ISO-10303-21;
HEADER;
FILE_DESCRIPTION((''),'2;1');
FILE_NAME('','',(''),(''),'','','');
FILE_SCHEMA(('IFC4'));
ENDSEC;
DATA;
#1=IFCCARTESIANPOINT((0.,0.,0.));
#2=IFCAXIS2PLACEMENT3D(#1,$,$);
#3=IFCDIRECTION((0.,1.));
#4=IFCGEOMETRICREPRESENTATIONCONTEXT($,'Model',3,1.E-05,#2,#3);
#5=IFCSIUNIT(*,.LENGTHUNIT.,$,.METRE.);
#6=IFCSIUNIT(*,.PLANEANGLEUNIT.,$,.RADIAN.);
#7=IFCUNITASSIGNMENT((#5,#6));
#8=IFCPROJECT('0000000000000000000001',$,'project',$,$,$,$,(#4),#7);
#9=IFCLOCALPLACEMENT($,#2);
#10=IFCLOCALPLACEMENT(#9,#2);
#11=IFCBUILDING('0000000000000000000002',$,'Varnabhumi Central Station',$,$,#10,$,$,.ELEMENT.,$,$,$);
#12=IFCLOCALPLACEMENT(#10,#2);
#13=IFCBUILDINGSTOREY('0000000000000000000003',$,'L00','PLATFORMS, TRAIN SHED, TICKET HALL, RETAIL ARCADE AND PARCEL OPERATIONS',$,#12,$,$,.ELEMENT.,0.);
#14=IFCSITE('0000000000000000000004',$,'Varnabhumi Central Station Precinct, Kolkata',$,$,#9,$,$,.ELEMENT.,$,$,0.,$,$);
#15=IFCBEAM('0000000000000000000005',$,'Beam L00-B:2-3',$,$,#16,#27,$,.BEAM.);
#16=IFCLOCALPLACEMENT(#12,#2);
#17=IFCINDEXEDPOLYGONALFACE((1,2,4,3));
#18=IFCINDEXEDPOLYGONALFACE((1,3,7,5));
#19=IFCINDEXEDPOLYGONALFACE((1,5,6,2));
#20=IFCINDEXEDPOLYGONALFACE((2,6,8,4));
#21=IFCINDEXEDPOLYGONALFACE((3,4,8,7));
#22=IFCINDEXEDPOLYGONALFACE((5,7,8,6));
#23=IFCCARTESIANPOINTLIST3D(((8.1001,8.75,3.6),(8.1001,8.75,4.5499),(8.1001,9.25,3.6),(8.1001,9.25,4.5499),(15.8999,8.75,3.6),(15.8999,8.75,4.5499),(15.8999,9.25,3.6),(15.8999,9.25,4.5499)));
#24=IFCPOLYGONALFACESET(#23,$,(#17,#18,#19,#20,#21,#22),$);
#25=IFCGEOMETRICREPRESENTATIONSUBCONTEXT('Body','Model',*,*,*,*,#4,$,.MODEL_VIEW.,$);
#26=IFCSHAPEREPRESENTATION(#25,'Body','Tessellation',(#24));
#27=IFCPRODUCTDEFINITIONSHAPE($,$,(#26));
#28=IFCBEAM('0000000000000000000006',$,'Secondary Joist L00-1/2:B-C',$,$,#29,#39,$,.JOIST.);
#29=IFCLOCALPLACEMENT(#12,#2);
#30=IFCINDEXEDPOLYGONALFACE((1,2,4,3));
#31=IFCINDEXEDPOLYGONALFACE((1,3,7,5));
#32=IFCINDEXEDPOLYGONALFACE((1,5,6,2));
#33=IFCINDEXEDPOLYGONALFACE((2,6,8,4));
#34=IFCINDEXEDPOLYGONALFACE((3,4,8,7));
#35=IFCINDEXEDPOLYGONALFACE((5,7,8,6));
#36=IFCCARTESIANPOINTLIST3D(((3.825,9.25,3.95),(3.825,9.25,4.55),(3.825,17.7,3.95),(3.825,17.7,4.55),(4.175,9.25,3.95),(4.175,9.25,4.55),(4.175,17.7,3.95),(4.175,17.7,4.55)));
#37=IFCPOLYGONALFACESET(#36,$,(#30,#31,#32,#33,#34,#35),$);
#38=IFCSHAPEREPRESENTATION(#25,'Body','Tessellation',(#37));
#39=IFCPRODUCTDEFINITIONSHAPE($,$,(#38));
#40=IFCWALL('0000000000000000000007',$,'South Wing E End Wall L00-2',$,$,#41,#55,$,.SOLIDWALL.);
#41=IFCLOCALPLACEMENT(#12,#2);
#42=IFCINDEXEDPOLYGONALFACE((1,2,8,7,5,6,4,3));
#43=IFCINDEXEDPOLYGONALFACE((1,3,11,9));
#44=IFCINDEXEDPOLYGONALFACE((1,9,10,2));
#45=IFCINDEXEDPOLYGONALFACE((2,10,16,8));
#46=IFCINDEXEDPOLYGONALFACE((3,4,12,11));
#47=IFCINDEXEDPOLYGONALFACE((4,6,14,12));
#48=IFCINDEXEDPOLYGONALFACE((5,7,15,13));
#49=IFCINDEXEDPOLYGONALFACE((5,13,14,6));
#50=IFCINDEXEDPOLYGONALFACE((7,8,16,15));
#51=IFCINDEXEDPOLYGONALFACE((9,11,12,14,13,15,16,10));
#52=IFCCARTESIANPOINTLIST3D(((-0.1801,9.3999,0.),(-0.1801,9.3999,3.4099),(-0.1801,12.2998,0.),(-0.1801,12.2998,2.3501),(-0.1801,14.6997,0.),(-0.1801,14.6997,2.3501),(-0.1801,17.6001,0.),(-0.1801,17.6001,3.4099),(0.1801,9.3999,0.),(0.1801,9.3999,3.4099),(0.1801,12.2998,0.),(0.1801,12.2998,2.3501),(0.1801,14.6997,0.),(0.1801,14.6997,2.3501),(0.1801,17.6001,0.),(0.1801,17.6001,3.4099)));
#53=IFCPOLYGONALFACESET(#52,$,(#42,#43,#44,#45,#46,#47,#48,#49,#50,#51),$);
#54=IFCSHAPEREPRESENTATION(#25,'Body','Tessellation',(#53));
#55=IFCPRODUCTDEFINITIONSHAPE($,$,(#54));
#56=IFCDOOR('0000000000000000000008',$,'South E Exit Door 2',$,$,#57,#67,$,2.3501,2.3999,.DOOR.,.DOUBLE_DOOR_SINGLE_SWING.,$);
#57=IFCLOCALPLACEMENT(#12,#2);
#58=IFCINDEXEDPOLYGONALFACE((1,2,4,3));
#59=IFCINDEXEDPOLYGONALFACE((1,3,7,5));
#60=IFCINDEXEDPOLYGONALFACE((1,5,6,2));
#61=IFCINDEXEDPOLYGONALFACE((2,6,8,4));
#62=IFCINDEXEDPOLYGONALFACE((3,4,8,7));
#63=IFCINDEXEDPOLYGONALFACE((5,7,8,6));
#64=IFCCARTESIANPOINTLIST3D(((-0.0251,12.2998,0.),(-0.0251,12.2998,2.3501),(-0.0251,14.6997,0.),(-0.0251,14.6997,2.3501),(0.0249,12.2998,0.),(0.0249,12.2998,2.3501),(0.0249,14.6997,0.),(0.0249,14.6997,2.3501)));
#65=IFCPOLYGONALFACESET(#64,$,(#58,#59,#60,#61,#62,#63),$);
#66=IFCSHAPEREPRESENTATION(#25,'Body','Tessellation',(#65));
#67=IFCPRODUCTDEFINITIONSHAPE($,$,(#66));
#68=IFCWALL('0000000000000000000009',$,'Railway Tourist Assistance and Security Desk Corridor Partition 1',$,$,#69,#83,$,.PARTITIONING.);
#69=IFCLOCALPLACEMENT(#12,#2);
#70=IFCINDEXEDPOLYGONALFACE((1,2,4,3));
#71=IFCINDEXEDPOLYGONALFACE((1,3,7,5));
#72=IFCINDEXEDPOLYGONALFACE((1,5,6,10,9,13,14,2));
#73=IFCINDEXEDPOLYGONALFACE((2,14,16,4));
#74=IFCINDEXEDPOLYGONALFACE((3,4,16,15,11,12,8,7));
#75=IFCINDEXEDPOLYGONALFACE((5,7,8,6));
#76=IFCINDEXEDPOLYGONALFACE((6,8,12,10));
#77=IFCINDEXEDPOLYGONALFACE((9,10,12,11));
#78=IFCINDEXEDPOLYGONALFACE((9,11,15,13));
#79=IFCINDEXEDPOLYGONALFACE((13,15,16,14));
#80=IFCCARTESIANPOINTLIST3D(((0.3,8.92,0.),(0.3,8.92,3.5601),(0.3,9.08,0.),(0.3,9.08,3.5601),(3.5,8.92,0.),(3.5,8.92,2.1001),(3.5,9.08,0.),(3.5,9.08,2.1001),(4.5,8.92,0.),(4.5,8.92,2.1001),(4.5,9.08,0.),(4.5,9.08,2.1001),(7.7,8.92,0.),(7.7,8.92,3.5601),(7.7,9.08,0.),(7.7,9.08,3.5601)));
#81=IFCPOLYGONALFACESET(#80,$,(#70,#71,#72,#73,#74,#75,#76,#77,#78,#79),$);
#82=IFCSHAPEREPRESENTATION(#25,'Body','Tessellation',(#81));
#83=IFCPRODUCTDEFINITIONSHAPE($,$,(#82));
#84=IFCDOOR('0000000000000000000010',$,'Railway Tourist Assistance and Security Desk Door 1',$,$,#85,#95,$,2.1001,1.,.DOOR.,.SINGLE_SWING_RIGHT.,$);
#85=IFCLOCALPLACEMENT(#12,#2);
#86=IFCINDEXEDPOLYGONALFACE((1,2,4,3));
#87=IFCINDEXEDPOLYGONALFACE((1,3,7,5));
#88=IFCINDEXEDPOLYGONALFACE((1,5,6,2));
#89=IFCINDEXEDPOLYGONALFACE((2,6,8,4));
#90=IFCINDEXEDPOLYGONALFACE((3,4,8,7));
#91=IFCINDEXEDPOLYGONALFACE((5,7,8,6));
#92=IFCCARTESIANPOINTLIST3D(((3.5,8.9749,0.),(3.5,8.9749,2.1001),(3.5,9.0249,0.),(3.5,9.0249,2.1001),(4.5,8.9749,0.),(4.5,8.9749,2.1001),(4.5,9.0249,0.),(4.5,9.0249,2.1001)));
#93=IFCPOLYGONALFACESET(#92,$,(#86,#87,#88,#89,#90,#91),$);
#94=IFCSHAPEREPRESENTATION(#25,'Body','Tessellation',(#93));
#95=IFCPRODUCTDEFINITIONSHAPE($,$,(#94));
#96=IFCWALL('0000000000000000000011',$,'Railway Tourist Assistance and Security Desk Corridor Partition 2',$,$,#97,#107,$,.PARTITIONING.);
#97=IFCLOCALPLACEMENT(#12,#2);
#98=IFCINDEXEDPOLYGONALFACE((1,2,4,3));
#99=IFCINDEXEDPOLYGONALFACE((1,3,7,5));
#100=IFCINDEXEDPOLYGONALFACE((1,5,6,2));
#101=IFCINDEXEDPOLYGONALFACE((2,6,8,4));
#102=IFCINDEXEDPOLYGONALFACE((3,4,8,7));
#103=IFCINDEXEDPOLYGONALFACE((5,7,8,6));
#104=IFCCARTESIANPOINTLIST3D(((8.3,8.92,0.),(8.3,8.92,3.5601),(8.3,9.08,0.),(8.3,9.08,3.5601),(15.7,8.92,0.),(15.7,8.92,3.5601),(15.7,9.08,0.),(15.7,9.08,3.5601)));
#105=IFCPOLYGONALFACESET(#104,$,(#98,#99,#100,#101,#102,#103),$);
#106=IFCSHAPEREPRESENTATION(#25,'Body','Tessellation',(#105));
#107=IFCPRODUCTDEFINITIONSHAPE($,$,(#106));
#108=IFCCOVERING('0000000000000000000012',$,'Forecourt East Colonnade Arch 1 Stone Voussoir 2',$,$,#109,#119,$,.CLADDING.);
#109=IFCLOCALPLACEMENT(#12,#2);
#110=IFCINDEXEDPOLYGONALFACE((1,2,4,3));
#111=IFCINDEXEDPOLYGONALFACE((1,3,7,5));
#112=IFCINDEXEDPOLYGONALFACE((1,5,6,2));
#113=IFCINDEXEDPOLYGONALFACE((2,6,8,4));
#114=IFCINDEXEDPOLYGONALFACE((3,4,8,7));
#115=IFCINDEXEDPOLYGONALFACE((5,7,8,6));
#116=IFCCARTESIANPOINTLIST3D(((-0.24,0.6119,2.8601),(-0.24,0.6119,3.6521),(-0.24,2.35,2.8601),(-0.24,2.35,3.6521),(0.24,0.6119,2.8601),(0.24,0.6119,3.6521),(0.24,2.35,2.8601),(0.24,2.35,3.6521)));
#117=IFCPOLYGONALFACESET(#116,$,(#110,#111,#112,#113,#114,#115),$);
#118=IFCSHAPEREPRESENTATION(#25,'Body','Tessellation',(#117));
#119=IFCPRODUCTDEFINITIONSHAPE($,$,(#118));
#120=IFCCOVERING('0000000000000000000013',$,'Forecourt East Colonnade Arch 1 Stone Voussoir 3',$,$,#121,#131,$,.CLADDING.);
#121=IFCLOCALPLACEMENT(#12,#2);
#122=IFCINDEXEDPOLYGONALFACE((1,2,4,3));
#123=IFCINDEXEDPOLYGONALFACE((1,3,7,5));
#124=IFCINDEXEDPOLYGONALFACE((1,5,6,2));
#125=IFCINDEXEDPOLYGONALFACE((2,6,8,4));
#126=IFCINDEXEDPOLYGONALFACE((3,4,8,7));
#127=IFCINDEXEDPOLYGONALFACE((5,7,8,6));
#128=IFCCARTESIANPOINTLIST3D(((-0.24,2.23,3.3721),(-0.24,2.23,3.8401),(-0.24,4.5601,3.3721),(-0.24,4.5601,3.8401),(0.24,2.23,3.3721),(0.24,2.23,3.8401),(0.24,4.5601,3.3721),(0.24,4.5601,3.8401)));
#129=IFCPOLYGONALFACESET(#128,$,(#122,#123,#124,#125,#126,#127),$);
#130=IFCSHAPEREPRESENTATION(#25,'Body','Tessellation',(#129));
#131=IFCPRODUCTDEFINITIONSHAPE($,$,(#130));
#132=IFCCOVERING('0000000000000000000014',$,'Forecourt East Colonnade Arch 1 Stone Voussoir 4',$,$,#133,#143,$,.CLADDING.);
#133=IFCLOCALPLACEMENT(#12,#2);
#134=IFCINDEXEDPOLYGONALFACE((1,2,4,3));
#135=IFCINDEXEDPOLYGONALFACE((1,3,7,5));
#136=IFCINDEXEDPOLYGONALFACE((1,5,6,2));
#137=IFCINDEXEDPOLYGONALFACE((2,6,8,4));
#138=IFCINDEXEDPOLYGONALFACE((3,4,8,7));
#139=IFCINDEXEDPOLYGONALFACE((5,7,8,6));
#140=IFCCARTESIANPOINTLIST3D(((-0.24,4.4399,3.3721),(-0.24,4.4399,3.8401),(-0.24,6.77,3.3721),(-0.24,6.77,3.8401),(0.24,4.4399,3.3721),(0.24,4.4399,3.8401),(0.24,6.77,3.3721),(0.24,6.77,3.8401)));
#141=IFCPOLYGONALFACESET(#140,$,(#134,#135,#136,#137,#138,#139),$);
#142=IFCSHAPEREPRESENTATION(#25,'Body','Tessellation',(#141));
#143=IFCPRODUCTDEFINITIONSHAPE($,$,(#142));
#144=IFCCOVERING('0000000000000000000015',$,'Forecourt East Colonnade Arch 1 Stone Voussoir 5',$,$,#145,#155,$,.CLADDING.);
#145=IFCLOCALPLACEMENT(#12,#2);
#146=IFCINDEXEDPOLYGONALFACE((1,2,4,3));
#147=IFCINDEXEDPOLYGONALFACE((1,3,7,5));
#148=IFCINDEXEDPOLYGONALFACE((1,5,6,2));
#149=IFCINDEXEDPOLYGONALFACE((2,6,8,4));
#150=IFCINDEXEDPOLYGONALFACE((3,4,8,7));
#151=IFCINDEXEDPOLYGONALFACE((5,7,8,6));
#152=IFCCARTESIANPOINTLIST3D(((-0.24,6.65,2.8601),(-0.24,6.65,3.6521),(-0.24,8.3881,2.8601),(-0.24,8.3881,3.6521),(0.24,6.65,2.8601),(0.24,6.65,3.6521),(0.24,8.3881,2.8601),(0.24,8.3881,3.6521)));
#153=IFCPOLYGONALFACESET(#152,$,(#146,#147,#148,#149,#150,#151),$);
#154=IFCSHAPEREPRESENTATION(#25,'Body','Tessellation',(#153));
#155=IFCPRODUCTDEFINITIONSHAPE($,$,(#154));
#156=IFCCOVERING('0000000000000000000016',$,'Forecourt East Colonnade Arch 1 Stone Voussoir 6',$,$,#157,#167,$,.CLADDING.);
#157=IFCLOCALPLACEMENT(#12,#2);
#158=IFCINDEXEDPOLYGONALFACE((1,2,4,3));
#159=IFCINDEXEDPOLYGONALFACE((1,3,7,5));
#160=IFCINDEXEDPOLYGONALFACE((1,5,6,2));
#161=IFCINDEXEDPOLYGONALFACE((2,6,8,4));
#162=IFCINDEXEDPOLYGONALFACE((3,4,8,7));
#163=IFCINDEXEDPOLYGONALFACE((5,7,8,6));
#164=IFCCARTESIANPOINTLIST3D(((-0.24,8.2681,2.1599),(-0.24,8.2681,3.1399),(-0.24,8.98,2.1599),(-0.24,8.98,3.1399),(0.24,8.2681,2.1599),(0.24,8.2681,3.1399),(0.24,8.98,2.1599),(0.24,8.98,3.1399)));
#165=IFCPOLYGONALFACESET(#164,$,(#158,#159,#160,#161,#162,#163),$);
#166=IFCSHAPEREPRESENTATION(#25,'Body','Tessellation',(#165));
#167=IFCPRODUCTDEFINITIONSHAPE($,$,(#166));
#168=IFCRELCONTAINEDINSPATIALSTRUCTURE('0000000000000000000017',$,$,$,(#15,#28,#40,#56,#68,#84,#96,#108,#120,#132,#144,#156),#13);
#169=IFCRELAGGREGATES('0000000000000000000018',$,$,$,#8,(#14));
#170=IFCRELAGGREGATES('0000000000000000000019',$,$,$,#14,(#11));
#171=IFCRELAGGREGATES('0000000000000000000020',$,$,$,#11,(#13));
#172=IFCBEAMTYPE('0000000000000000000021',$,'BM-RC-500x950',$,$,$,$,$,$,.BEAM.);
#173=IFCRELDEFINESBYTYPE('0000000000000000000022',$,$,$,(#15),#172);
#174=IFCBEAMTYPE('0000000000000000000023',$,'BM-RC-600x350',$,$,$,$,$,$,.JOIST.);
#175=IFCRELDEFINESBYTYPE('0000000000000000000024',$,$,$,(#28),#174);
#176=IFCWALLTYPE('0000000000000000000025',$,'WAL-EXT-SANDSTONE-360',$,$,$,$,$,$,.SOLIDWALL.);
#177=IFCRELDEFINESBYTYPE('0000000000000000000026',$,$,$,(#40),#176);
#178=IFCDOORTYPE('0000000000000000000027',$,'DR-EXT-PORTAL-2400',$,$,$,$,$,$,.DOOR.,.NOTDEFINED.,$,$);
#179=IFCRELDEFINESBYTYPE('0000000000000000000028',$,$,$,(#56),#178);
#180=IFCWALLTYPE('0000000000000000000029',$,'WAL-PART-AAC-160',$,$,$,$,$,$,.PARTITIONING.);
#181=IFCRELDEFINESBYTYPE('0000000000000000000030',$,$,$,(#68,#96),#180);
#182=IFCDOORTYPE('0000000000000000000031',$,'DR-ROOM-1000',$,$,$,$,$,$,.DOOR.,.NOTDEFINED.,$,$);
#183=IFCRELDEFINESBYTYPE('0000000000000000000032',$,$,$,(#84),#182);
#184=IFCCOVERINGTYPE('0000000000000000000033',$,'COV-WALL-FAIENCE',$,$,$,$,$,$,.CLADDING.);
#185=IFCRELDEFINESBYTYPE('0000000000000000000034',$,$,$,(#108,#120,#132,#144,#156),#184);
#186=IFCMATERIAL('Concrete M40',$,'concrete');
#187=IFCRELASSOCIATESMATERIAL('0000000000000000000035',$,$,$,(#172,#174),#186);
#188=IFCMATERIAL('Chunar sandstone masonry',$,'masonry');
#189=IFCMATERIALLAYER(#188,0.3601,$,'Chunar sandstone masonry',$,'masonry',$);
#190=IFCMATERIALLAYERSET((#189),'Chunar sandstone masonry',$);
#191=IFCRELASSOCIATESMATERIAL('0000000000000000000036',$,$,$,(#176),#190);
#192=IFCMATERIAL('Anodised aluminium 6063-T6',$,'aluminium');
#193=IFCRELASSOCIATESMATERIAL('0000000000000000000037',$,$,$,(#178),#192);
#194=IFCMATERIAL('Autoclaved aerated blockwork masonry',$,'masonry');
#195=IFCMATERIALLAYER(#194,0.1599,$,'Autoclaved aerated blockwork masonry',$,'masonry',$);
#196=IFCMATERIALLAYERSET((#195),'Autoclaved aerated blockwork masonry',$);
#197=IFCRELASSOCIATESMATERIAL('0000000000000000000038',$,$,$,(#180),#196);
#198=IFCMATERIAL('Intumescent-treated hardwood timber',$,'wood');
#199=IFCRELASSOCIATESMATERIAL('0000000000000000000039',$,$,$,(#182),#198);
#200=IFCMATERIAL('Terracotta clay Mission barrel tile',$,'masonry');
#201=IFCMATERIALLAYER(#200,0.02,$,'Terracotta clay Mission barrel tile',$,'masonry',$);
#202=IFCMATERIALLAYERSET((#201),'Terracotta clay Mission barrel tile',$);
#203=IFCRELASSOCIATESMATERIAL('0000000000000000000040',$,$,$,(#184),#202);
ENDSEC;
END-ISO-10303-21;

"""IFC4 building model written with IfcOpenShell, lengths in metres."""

from ifc_helpers import new_model, si_unit, direction, frame, frame_2d, origin, origin_2d, place, context, subcontext, project, spatial, rectangle, extrude, material, layer, layer_set, material_profile, profile_set, type_object, element, fill, save


model = new_model("IFC4")

# Units and contexts
model_context = context("Model", 3, precision=1e-05, world=origin(), true_north=direction((0.0, 1.0)))
body_context = subcontext(model_context, "Body", "Model", "MODEL_VIEW")
ifc_project = project(units=[si_unit("LENGTHUNIT", "METRE"), si_unit("PLANEANGLEUNIT", "RADIAN")], contexts=[model_context])

# Site, building, storey
site_placement = place(None, origin())
site = spatial("IfcSite", under=ifc_project, at=site_placement, Name="Varnabhumi Central Station Precinct, Kolkata", CompositionType="ELEMENT", RefElevation=0.0)
building_placement = place(site_placement, origin())
building = spatial("IfcBuilding", under=site, at=building_placement, Name="Varnabhumi Central Station", CompositionType="ELEMENT")
storey_placement = place(building_placement, origin())
storey = spatial("IfcBuildingStorey", under=building, at=storey_placement, Name="L00", Description="PLATFORMS, TRAIN SHED, TICKET HALL, RETAIL ARCADE AND PARCEL OPERATIONS", CompositionType="ELEMENT", Elevation=0.0)

# Shared definitions
ifc_material_1 = material(Name="Concrete M40", Category="concrete")

# Beams
ifc_material_profile_1 = material_profile(ifc_material_1, rectangle(XDim=0.5, YDim=0.95, at=origin_2d()), Name="Concrete M40", Category="concrete")
ifc_profile_set_1 = profile_set([ifc_material_profile_1], Name="Concrete M40")
beam_type_1 = type_object("IfcBeamType", Name="BM-RC-500x950", PredefinedType="BEAM", material=ifc_profile_set_1)
for number, where, z_axis, x_axis, name in (
    (1, (8.1001, 9.0, 4.075), (1.0, 0.0, 0.0), (0.0, 1.0, 0.0), "Beam L00-B:2-3"),
):
    element("IfcBeam", number, at=place(storey_placement, frame(where, z_axis=z_axis, x_axis=x_axis)), inside=storey, type_object=beam_type_1, Name=name, PredefinedType="BEAM", context=body_context, shape_type="SweptSolid", body=[
        extrude(rectangle(XDim=0.5, YDim=0.95, at=origin_2d()), origin(), (0.0, 0.0, 1.0), 7.7998),
    ])
ifc_material_profile_2 = material_profile(ifc_material_1, rectangle(XDim=0.3501, YDim=0.6001, at=origin_2d()), Name="Concrete M40", Category="concrete")
ifc_profile_set_2 = profile_set([ifc_material_profile_2], Name="Concrete M40")
beam_type_2 = type_object("IfcBeamType", Name="BM-RC-600x350", PredefinedType="JOIST", material=ifc_profile_set_2)
beam_1_placement = place(storey_placement, frame((4.0, 9.25, 4.25), z_axis=(0.0, 1.0, 0.0), x_axis=(-1.0, 0.0, 0.0)))
element("IfcBeam", 2, at=beam_1_placement, inside=storey, type_object=beam_type_2, Name="Secondary Joist L00-1/2:B-C", PredefinedType="JOIST", context=body_context, shape_type="SweptSolid", body=[
    extrude(rectangle(XDim=0.3501, YDim=0.6001, at=origin_2d()), origin(), (0.0, 0.0, 1.0), 8.45),
])

# Walls, openings, doors
ifc_material_2 = material(Name="Chunar sandstone masonry", Category="masonry")
ifc_layer_1 = layer(ifc_material_2, 0.3601, Name="Chunar sandstone masonry", Category="masonry")
ifc_layer_set_1 = layer_set([ifc_layer_1], Name="Chunar sandstone masonry")
wall_type_1 = type_object("IfcWallType", Name="WAL-EXT-SANDSTONE-360", PredefinedType="SOLIDWALL", material=ifc_layer_set_1)
wall_1_placement = place(storey_placement, frame((0.0, 9.3999, 0.0), z_axis=(0.0, 0.0, 1.0), x_axis=(0.0, 1.0, 0.0)))
wall_1 = element("IfcWall", 3, at=wall_1_placement, inside=storey, type_object=wall_type_1, Name="South Wing E End Wall L00-2", PredefinedType="SOLIDWALL", context=body_context, shape_type="SweptSolid", body=[
    extrude(rectangle(XDim=8.2002, YDim=0.3601, at=frame_2d((4.1001, 0.0))), origin(), (0.0, 0.0, 1.0), 3.4099),
])
opening_1_placement = place(wall_1_placement, frame((2.8999, 0.0, 0.0)))
opening_1 = element("IfcOpeningElement", 4, at=opening_1_placement, cuts=wall_1, PredefinedType="OPENING", context=body_context, shape_type="SweptSolid", body=[
    extrude(rectangle(XDim=2.3999, YDim=2.3501, at=frame_2d((1.2, 1.175))), frame((0.0, 0.1899, 0.0), z_axis=(0.0, -1.0, 0.0), x_axis=(1.0, 0.0, 0.0)), (0.0, 0.0, 1.0), 0.3801),
])
ifc_material_3 = material(Name="Anodised aluminium 6063-T6", Category="aluminium")
door_type_1 = type_object("IfcDoorType", Name="DR-EXT-PORTAL-2400", OperationType="NOTDEFINED", PredefinedType="DOOR", material=ifc_material_3)
door_1_placement = place(opening_1_placement, frame((2.3999, 0.0, 0.0), z_axis=(0.0, 0.0, 1.0), x_axis=(-1.0, 0.0, 0.0)))
door_1 = element("IfcDoor", 5, at=door_1_placement, inside=storey, type_object=door_type_1, Name="South E Exit Door 2", OperationType="DOUBLE_DOOR_SINGLE_SWING", OverallHeight=2.3501, OverallWidth=2.3999, PredefinedType="DOOR", context=body_context, shape_type="SweptSolid", body=[
    extrude(rectangle(XDim=2.3999, YDim=2.3501, at=frame_2d((1.2, 1.175))), frame((0.0, 0.0249, 0.0), z_axis=(0.0, -1.0, 0.0), x_axis=(1.0, 0.0, 0.0)), (0.0, 0.0, 1.0), 0.05),
])
fill(opening_1, door_1)
ifc_material_4 = material(Name="Autoclaved aerated blockwork masonry", Category="masonry")
ifc_layer_2 = layer(ifc_material_4, 0.1599, Name="Autoclaved aerated blockwork masonry", Category="masonry")
ifc_layer_set_2 = layer_set([ifc_layer_2], Name="Autoclaved aerated blockwork masonry")
wall_type_2 = type_object("IfcWallType", Name="WAL-PART-AAC-160", PredefinedType="PARTITIONING", material=ifc_layer_set_2)
wall_2_placement = place(storey_placement, frame((0.3, 9.0, 0.0), z_axis=(0.0, 0.0, 1.0), x_axis=(1.0, 0.0, 0.0)))
wall_2 = element("IfcWall", 6, at=wall_2_placement, inside=storey, type_object=wall_type_2, Name="Railway Tourist Assistance and Security Desk Corridor Partition 1", PredefinedType="PARTITIONING", context=body_context, shape_type="SweptSolid", body=[
    extrude(rectangle(XDim=7.3999, YDim=0.1599, at=frame_2d((3.7, 0.0))), origin(), (0.0, 0.0, 1.0), 3.5601),
])
opening_2_placement = place(wall_2_placement, frame((3.2, 0.0, 0.0)))
opening_2 = element("IfcOpeningElement", 7, at=opening_2_placement, cuts=wall_2, PredefinedType="OPENING", context=body_context, shape_type="SweptSolid", body=[
    extrude(rectangle(XDim=1.0, YDim=2.1001, at=frame_2d((0.5, 1.05))), frame((0.0, 0.0898, 0.0), z_axis=(0.0, -1.0, 0.0), x_axis=(1.0, 0.0, 0.0)), (0.0, 0.0, 1.0), 0.1799),
])
ifc_material_5 = material(Name="Intumescent-treated hardwood timber", Category="wood")
door_type_2 = type_object("IfcDoorType", Name="DR-ROOM-1000", OperationType="NOTDEFINED", PredefinedType="DOOR", material=ifc_material_5)
door_2_placement = place(opening_2_placement, origin())
door_2 = element("IfcDoor", 8, at=door_2_placement, inside=storey, type_object=door_type_2, Name="Railway Tourist Assistance and Security Desk Door 1", OperationType="SINGLE_SWING_RIGHT", OverallHeight=2.1001, OverallWidth=1.0, PredefinedType="DOOR", context=body_context, shape_type="SweptSolid", body=[
    extrude(rectangle(XDim=1.0, YDim=2.1001, at=frame_2d((0.5, 1.05))), frame((0.0, 0.0249, 0.0), z_axis=(0.0, -1.0, 0.0), x_axis=(1.0, 0.0, 0.0)), (0.0, 0.0, 1.0), 0.05),
])
fill(opening_2, door_2)

# Wall
wall_3_placement = place(storey_placement, frame((8.3, 9.0, 0.0), z_axis=(0.0, 0.0, 1.0), x_axis=(1.0, 0.0, 0.0)))
element("IfcWall", 9, at=wall_3_placement, inside=storey, type_object=wall_type_2, Name="Railway Tourist Assistance and Security Desk Corridor Partition 2", PredefinedType="PARTITIONING", context=body_context, shape_type="SweptSolid", body=[
    extrude(rectangle(XDim=7.3999, YDim=0.1599, at=frame_2d((3.7, 0.0))), origin(), (0.0, 0.0, 1.0), 3.5601),
])

# Coverings
ifc_material_6 = material(Name="Terracotta clay Mission barrel tile", Category="masonry")
ifc_layer_3 = layer(ifc_material_6, 0.02, Name="Terracotta clay Mission barrel tile", Category="masonry")
ifc_layer_set_3 = layer_set([ifc_layer_3], Name="Terracotta clay Mission barrel tile")
covering_type = type_object("IfcCoveringType", Name="COV-WALL-FAIENCE", PredefinedType="CLADDING", material=ifc_layer_set_3)
covering_1_placement = place(storey_placement, frame((0.0, 1.481, 2.8601), z_axis=(0.0, 0.0, 1.0), x_axis=(0.0, 1.0, 0.0)))
element("IfcCovering", 10, at=covering_1_placement, inside=storey, type_object=covering_type, Name="Forecourt East Colonnade Arch 1 Stone Voussoir 2", PredefinedType="CLADDING", context=body_context, shape_type="SweptSolid", body=[
    extrude(rectangle(XDim=1.738, YDim=0.48, at=origin_2d()), origin(), (0.0, 0.0, 1.0), 0.792),
])
for number, where, z_axis, x_axis, name in (
    (11, (0.0, 3.395, 3.3721), (0.0, 0.0, 1.0), (0.0, 1.0, 0.0), "Forecourt East Colonnade Arch 1 Stone Voussoir 3"),
    (12, (0.0, 5.605, 3.3721), (0.0, 0.0, 1.0), (0.0, 1.0, 0.0), "Forecourt East Colonnade Arch 1 Stone Voussoir 4"),
):
    element("IfcCovering", number, at=place(storey_placement, frame(where, z_axis=z_axis, x_axis=x_axis)), inside=storey, type_object=covering_type, Name=name, PredefinedType="CLADDING", context=body_context, shape_type="SweptSolid", body=[
        extrude(rectangle(XDim=2.3301, YDim=0.48, at=origin_2d()), origin(), (0.0, 0.0, 1.0), 0.468),
    ])
covering_2_placement = place(storey_placement, frame((0.0, 7.519, 2.8601), z_axis=(0.0, 0.0, 1.0), x_axis=(0.0, 1.0, 0.0)))
element("IfcCovering", 13, at=covering_2_placement, inside=storey, type_object=covering_type, Name="Forecourt East Colonnade Arch 1 Stone Voussoir 5", PredefinedType="CLADDING", context=body_context, shape_type="SweptSolid", body=[
    extrude(rectangle(XDim=1.738, YDim=0.48, at=origin_2d()), origin(), (0.0, 0.0, 1.0), 0.792),
])
covering_3_placement = place(storey_placement, frame((0.0, 8.624, 2.1599), z_axis=(0.0, 0.0, 1.0), x_axis=(0.0, 1.0, 0.0)))
element("IfcCovering", 14, at=covering_3_placement, inside=storey, type_object=covering_type, Name="Forecourt East Colonnade Arch 1 Stone Voussoir 6", PredefinedType="CLADDING", context=body_context, shape_type="SweptSolid", body=[
    extrude(rectangle(XDim=0.7119, YDim=0.48, at=origin_2d()), origin(), (0.0, 0.0, 1.0), 0.98),
])

save(model, "model.ifc")
